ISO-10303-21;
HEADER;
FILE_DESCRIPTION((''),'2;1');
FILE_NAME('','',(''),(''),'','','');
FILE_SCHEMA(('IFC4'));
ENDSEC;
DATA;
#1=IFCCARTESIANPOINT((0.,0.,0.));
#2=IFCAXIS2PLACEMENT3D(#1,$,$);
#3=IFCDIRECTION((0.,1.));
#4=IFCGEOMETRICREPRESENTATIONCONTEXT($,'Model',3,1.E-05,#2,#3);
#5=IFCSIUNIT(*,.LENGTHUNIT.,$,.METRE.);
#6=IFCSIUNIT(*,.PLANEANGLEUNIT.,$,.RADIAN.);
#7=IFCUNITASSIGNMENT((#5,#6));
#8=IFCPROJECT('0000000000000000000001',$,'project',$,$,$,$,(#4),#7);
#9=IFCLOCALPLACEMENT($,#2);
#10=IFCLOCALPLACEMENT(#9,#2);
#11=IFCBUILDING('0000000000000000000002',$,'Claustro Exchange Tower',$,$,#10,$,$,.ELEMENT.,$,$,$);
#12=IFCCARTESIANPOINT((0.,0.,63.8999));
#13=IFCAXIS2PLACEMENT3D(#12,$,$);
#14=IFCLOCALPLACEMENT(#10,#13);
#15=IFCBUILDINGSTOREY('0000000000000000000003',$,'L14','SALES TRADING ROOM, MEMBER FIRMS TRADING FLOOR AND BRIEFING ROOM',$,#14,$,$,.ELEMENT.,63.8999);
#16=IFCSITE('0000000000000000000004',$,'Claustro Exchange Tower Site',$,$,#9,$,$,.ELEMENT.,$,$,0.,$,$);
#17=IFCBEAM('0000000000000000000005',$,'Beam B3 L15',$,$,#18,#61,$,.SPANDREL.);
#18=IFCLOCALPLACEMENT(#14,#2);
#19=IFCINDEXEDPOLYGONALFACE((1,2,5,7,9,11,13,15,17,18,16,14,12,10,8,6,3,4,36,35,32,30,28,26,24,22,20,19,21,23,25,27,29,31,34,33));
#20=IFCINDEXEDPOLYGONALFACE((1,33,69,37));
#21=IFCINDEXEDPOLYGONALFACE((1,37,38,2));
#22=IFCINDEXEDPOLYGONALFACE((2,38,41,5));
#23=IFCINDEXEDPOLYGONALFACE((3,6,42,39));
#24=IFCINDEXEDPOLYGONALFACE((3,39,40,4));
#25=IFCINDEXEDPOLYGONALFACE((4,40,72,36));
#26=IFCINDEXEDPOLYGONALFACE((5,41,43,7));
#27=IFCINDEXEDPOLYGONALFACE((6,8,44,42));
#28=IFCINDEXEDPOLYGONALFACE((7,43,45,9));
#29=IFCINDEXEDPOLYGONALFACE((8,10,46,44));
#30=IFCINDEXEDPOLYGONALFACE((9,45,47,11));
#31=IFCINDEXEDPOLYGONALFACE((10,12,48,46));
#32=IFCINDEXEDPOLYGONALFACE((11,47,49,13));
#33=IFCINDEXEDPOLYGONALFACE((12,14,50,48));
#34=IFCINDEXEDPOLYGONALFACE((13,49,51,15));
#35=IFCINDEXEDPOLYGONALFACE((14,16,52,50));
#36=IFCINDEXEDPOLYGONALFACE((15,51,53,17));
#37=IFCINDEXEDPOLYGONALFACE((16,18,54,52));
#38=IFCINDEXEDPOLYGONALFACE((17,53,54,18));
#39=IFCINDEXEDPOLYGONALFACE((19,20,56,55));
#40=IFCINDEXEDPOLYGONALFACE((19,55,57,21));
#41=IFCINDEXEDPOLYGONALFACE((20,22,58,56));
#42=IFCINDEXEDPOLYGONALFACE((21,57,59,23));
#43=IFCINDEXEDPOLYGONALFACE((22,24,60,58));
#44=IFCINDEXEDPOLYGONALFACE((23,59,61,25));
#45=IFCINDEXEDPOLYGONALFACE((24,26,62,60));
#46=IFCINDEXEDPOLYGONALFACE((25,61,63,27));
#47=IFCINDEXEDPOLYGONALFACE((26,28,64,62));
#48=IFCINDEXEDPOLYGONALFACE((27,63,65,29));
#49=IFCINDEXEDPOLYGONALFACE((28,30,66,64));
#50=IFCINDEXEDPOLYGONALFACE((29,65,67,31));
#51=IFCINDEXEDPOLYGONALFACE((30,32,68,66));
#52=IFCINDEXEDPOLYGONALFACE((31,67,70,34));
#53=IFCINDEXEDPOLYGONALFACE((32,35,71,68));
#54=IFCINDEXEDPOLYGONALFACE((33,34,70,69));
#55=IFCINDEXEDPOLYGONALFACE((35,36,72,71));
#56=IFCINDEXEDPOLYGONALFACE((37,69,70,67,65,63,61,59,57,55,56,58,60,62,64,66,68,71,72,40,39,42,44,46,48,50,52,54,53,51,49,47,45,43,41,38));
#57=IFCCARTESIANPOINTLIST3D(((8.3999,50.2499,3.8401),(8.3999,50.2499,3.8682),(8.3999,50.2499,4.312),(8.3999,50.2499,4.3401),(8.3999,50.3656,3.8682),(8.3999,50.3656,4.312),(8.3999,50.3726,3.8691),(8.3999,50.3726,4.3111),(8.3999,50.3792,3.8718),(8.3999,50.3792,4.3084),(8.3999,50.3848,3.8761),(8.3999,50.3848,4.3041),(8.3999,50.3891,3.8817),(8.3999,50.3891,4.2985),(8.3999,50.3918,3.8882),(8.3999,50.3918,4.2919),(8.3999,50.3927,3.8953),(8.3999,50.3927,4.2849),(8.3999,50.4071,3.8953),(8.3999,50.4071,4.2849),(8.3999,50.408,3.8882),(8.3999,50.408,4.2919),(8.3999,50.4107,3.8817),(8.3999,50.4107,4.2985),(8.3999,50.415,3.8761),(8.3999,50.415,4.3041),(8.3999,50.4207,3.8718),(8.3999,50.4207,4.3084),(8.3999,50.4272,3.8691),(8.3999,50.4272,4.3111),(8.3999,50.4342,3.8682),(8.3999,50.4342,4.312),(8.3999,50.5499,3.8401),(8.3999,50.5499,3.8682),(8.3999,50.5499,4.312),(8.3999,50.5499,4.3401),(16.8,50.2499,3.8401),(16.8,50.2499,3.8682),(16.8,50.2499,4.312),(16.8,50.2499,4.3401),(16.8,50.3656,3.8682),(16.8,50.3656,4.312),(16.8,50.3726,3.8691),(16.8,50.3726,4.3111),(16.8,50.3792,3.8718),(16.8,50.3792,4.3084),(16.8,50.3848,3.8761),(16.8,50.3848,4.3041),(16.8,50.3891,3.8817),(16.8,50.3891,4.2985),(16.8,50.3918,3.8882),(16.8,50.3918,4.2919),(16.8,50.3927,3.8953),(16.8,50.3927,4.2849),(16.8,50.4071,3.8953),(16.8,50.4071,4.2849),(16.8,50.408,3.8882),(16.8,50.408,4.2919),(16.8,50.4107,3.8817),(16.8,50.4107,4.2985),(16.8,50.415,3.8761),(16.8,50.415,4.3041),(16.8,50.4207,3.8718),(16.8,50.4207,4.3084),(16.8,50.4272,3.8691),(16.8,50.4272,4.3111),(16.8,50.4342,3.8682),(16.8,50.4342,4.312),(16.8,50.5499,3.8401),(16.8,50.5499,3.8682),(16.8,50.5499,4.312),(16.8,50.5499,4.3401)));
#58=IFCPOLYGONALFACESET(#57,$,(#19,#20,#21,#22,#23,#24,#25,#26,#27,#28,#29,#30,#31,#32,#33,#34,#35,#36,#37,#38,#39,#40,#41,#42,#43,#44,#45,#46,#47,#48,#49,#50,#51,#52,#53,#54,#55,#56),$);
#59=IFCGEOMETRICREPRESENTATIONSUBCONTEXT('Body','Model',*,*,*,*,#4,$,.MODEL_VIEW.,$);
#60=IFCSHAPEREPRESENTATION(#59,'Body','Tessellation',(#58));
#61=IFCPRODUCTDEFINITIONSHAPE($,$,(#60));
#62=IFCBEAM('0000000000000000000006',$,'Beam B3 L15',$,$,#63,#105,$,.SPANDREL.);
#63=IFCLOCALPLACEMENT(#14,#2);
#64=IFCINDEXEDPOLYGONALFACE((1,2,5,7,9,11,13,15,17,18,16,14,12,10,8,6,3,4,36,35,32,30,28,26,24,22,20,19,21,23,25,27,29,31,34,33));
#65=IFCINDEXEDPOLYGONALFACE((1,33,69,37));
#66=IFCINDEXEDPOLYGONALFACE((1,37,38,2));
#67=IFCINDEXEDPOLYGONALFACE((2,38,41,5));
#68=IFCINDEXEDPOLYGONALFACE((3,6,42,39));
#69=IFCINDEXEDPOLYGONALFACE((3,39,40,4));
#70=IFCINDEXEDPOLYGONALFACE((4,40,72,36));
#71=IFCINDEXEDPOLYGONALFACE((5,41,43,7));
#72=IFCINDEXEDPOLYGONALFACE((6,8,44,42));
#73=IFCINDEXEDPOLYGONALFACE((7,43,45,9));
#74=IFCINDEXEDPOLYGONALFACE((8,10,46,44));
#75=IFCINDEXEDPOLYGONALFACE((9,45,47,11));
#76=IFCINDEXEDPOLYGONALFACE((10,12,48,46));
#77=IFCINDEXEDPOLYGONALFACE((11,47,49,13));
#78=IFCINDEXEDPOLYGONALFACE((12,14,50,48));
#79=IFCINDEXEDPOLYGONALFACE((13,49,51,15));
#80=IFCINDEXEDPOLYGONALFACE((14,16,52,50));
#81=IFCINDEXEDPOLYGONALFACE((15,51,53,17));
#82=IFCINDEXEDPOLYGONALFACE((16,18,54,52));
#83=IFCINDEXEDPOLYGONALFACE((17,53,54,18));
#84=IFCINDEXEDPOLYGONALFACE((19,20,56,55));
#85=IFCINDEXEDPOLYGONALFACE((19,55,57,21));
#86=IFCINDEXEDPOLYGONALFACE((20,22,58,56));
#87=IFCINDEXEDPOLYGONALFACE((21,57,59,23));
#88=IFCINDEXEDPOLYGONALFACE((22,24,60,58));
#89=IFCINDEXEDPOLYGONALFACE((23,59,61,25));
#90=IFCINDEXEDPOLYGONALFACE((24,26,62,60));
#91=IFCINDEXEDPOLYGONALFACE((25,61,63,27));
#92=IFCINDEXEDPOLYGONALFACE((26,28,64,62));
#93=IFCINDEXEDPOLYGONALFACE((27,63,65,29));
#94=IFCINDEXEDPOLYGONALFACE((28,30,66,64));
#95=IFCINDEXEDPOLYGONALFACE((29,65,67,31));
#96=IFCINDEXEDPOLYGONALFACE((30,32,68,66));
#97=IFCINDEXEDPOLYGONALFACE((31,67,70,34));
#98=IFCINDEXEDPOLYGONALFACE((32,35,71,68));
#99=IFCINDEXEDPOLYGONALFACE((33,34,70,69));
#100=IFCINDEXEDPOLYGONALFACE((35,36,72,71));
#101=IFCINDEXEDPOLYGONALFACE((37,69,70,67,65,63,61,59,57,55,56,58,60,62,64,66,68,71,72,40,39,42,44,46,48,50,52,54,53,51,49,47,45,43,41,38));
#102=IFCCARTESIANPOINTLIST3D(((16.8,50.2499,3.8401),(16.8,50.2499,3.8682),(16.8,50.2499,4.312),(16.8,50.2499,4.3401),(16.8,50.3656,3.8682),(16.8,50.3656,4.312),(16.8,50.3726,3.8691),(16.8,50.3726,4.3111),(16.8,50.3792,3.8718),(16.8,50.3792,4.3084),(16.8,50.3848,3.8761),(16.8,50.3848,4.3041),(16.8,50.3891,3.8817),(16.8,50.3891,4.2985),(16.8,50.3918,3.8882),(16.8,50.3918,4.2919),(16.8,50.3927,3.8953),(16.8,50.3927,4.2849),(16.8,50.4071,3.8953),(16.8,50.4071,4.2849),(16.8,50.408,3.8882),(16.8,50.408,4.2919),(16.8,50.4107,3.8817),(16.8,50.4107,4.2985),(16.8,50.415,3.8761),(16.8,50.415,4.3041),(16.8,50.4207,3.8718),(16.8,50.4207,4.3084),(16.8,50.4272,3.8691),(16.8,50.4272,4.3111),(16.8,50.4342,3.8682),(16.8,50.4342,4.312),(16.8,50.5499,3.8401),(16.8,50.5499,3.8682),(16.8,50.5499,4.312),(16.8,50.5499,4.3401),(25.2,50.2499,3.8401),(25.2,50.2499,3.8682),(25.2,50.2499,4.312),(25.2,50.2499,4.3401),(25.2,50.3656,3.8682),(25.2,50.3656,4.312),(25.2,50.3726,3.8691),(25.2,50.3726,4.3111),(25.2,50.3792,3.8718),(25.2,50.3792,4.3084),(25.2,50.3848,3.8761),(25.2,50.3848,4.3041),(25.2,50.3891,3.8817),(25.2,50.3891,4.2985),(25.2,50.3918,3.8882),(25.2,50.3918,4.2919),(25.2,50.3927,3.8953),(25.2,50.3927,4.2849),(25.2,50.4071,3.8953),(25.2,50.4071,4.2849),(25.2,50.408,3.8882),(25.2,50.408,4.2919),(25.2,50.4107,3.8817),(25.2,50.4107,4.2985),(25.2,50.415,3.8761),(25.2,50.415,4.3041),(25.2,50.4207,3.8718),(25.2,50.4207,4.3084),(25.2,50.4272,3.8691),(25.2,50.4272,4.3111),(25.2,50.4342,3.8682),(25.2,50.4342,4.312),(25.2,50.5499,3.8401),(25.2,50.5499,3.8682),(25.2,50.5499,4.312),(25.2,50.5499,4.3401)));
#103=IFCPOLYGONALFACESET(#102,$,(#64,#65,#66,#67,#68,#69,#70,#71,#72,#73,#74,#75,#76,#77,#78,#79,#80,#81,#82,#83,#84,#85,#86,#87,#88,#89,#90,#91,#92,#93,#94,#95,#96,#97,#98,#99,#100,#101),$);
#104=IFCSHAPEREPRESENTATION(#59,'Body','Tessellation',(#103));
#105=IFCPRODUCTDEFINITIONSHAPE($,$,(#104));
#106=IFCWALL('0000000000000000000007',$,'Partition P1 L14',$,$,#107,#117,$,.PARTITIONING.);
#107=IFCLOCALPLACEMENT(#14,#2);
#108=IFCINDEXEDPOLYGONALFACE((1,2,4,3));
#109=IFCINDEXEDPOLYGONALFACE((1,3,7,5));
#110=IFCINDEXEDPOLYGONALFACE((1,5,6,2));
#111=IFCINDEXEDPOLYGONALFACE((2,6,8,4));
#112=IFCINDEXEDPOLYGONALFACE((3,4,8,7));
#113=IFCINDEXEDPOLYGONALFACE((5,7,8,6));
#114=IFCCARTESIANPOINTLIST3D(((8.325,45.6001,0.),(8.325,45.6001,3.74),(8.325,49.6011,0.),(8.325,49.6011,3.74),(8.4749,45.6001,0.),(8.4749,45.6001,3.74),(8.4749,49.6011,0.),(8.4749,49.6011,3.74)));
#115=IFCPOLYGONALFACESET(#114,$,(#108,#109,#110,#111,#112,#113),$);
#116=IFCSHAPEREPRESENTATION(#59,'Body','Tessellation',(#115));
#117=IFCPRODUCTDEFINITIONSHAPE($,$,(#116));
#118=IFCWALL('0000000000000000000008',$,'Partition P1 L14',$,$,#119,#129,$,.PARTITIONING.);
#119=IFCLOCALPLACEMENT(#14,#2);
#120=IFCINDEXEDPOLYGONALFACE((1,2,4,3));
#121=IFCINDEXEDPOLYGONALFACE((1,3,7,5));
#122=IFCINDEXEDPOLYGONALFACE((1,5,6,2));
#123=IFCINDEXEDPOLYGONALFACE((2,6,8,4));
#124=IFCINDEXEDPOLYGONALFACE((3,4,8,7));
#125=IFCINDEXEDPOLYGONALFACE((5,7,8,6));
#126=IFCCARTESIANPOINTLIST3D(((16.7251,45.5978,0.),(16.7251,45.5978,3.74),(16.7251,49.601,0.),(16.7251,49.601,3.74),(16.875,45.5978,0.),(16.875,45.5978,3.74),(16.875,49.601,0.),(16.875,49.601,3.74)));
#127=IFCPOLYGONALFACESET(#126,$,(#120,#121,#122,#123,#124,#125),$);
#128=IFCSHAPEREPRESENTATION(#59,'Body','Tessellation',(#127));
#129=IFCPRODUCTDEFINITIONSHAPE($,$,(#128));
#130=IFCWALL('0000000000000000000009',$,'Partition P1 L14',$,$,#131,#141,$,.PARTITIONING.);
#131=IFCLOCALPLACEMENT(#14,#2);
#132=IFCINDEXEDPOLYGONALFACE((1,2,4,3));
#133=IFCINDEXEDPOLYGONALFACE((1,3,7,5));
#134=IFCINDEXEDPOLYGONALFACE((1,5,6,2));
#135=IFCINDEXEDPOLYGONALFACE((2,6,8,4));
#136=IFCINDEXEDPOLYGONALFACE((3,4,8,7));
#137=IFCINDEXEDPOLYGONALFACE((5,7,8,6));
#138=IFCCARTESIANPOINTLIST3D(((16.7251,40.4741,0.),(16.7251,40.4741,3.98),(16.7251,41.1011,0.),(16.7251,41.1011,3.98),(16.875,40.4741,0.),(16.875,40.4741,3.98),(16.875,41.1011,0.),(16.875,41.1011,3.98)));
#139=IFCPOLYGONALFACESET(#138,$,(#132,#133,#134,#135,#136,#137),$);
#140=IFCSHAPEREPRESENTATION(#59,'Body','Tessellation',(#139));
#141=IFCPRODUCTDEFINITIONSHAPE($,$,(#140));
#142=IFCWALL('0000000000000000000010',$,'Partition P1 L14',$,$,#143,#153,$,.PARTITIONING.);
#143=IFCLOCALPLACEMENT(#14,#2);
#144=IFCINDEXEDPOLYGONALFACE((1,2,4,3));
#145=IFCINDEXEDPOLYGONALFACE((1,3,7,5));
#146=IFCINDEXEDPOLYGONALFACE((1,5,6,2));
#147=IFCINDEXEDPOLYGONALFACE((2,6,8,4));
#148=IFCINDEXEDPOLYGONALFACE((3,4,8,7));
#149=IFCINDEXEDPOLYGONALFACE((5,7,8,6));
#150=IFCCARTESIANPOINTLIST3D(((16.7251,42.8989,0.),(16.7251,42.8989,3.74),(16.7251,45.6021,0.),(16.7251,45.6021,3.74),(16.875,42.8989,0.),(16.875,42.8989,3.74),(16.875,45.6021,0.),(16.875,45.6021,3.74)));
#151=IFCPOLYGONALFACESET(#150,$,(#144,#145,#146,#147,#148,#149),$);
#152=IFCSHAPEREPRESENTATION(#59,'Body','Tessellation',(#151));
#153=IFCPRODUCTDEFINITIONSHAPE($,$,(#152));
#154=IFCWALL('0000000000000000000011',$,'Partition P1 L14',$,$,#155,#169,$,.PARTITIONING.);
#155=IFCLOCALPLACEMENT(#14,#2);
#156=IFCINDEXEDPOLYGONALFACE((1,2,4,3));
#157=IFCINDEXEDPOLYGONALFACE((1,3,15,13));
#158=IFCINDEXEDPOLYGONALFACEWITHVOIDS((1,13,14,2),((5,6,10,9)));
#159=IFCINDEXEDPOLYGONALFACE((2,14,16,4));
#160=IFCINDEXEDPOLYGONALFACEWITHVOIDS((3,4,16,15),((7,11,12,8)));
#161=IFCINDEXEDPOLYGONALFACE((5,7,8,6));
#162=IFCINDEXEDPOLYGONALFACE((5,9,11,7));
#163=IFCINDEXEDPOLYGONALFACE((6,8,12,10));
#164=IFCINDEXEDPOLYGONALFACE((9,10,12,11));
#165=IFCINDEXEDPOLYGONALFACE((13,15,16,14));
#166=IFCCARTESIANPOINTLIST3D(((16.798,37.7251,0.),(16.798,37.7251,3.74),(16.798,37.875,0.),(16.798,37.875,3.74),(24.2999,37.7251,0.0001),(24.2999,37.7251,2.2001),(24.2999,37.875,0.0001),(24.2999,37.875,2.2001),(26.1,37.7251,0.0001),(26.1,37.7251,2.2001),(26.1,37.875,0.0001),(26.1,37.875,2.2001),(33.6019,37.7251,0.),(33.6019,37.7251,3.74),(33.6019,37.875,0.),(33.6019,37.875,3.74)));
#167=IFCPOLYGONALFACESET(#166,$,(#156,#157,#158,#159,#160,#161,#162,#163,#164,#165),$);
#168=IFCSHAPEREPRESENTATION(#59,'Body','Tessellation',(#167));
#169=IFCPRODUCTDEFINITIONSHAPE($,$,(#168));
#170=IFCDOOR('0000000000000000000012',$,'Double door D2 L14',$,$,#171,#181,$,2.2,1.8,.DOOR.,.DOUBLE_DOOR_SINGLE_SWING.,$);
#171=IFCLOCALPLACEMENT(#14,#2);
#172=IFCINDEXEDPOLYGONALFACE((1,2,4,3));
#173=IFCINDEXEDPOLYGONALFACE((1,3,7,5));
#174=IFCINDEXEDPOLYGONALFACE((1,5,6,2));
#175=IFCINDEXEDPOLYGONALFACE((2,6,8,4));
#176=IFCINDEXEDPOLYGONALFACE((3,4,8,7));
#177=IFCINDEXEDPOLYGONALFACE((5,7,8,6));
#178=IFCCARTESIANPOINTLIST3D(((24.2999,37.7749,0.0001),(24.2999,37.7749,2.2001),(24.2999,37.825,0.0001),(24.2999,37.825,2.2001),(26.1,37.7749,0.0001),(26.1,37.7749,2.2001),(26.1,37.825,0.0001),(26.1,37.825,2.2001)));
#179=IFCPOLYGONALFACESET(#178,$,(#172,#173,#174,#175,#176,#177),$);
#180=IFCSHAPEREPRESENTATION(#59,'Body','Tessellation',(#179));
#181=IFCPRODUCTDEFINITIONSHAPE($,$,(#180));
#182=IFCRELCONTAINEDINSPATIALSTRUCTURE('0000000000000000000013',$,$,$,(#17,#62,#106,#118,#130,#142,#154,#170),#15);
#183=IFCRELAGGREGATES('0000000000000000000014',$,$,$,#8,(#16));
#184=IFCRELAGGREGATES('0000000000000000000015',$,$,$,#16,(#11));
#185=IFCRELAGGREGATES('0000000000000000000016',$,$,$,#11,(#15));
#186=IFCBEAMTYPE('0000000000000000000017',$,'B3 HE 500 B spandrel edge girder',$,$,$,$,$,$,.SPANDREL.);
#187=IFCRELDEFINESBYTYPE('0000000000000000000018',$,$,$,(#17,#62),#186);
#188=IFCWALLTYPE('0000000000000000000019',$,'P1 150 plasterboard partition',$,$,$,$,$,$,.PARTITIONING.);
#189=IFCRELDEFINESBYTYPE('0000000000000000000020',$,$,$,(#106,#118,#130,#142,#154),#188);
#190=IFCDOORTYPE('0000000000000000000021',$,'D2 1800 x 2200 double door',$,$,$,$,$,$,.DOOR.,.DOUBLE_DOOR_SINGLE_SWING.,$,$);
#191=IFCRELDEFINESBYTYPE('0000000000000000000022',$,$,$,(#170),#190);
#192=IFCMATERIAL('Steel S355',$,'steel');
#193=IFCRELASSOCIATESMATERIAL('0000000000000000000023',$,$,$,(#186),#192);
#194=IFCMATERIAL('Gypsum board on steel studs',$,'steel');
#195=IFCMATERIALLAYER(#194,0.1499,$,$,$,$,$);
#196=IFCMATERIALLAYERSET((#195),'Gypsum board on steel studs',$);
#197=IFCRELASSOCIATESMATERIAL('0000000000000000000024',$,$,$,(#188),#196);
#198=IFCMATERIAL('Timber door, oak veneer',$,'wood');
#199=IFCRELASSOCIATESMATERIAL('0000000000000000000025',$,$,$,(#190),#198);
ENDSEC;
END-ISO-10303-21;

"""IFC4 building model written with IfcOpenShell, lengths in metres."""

from ifc_helpers import new_model, si_unit, direction, frame, frame_2d, origin, origin_2d, place, context, subcontext, project, spatial, rectangle, i_section, extrude, material, layer, layer_set, material_profile, profile_set, type_object, element, fill, save


model = new_model("IFC4")

# Units and contexts
model_context = context("Model", 3, precision=1e-05, world=origin(), true_north=direction((0.0, 1.0)))
body_context = subcontext(model_context, "Body", "Model", "MODEL_VIEW")
ifc_project = project(units=[si_unit("LENGTHUNIT", "METRE"), si_unit("PLANEANGLEUNIT", "RADIAN")], contexts=[model_context])

# Site, building, storey
site_placement = place(None, origin())
site = spatial("IfcSite", under=ifc_project, at=site_placement, Name="Claustro Exchange Tower Site", CompositionType="ELEMENT", RefElevation=0.0)
building_placement = place(site_placement, origin())
building = spatial("IfcBuilding", under=site, at=building_placement, Name="Claustro Exchange Tower", CompositionType="ELEMENT")
storey_placement = place(building_placement, frame((0.0, 0.0, 63.8999)))
storey = spatial("IfcBuildingStorey", under=building, at=storey_placement, Name="L14", Description="SALES TRADING ROOM, MEMBER FIRMS TRADING FLOOR AND BRIEFING ROOM", CompositionType="ELEMENT", Elevation=63.8999)

# Beams
ifc_material_1 = material(Name="Steel S355", Category="steel")
ifc_material_profile_1 = material_profile(ifc_material_1, i_section(OverallWidth=0.3, OverallDepth=0.5, WebThickness=0.0144, FlangeThickness=0.0281, FilletRadius=0.0271, at=origin_2d()), Name="HE 500 B")
ifc_profile_set_1 = profile_set([ifc_material_profile_1], Name="Steel S355")
beam_type_1 = type_object("IfcBeamType", Name="B3 HE 500 B spandrel edge girder", PredefinedType="SPANDREL", material=ifc_profile_set_1)
beam_1_placement = place(storey_placement, frame((8.3999, 50.3999, 4.0901), z_axis=(1.0, 0.0, 0.0), x_axis=(0.0, 1.0, 0.0)))
element("IfcBeam", 1, at=beam_1_placement, inside=storey, type_object=beam_type_1, Name="Beam B3 L15", PredefinedType="SPANDREL", context=body_context, shape_type="SweptSolid", body=[
    extrude(i_section(OverallWidth=0.3, OverallDepth=0.5, WebThickness=0.0144, FlangeThickness=0.0281, FilletRadius=0.0271, at=origin_2d()), origin(), (0.0, 0.0, 1.0), 8.4001),
])
beam_2_placement = place(storey_placement, frame((16.8, 50.3999, 4.0901), z_axis=(1.0, 0.0, 0.0), x_axis=(0.0, 1.0, 0.0)))
element("IfcBeam", 2, at=beam_2_placement, inside=storey, type_object=beam_type_1, Name="Beam B3 L15", PredefinedType="SPANDREL", context=body_context, shape_type="SweptSolid", body=[
    extrude(i_section(OverallWidth=0.3, OverallDepth=0.5, WebThickness=0.0144, FlangeThickness=0.0281, FilletRadius=0.0271, at=origin_2d()), origin(), (0.0, 0.0, 1.0), 8.3999),
])

# Walls
ifc_material_2 = material(Name="Gypsum board on steel studs", Category="steel")
ifc_layer_1 = layer(ifc_material_2, 0.1499)
ifc_layer_set_1 = layer_set([ifc_layer_1], Name="Gypsum board on steel studs")
wall_type_1 = type_object("IfcWallType", Name="P1 150 plasterboard partition", PredefinedType="PARTITIONING", material=ifc_layer_set_1)
wall_1_placement = place(storey_placement, frame((8.3999, 45.6001, 0.0), z_axis=(0.0, 0.0, 1.0), x_axis=(0.0, 1.0, 0.0)))
element("IfcWall", 3, at=wall_1_placement, inside=storey, type_object=wall_type_1, Name="Partition P1 L14", PredefinedType="PARTITIONING", context=body_context, shape_type="SweptSolid", body=[
    extrude(rectangle(XDim=4.001, YDim=0.1499, at=frame_2d((2.0005, 0.0))), origin(), (0.0, 0.0, 1.0), 3.74),
])
wall_2_placement = place(storey_placement, frame((16.8, 45.5979, 0.0), z_axis=(0.0, 0.0, 1.0), x_axis=(0.0, 1.0, 0.0)))
element("IfcWall", 4, at=wall_2_placement, inside=storey, type_object=wall_type_1, Name="Partition P1 L14", PredefinedType="PARTITIONING", context=body_context, shape_type="SweptSolid", body=[
    extrude(rectangle(XDim=4.0032, YDim=0.1499, at=frame_2d((2.0015, 0.0))), origin(), (0.0, 0.0, 1.0), 3.74),
])
wall_3_placement = place(storey_placement, frame((16.8, 40.4741, 0.0), z_axis=(0.0, 0.0, 1.0), x_axis=(0.0, 1.0, 0.0)))
element("IfcWall", 5, at=wall_3_placement, inside=storey, type_object=wall_type_1, Name="Partition P1 L14", PredefinedType="PARTITIONING", context=body_context, shape_type="SweptSolid", body=[
    extrude(rectangle(XDim=0.627, YDim=0.1499, at=frame_2d((0.3135, 0.0))), origin(), (0.0, 0.0, 1.0), 3.98),
])
wall_4_placement = place(storey_placement, frame((16.8, 42.8989, 0.0), z_axis=(0.0, 0.0, 1.0), x_axis=(0.0, 1.0, 0.0)))
element("IfcWall", 6, at=wall_4_placement, inside=storey, type_object=wall_type_1, Name="Partition P1 L14", PredefinedType="PARTITIONING", context=body_context, shape_type="SweptSolid", body=[
    extrude(rectangle(XDim=2.7031, YDim=0.1499, at=frame_2d((1.3516, 0.0))), origin(), (0.0, 0.0, 1.0), 3.74),
])

# Wall, opening, door
wall_5_placement = place(storey_placement, frame((16.7981, 37.8, 0.0), z_axis=(0.0, 0.0, 1.0), x_axis=(1.0, 0.0, 0.0)))
wall_5 = element("IfcWall", 7, at=wall_5_placement, inside=storey, type_object=wall_type_1, Name="Partition P1 L14", PredefinedType="PARTITIONING", context=body_context, shape_type="SweptSolid", body=[
    extrude(rectangle(XDim=16.804, YDim=0.1499, at=frame_2d((8.4019, 0.0))), origin(), (0.0, 0.0, 1.0), 3.74),
])
opening_1_placement = place(wall_5_placement, frame((7.502, 0.0, 0.0)))
opening_1 = element("IfcOpeningElement", 8, at=opening_1_placement, cuts=wall_5, PredefinedType="OPENING", context=body_context, shape_type="SweptSolid", body=[
    extrude(rectangle(XDim=1.8, YDim=2.2, at=frame_2d((0.8999, 1.1001))), frame((0.0, 0.085, 0.0), z_axis=(0.0, -1.0, 0.0), x_axis=(1.0, 0.0, 0.0)), (0.0, 0.0, 1.0), 0.1699),
])
ifc_material_3 = material(Name="Timber door, oak veneer", Category="wood")
door_type = type_object("IfcDoorType", Name="D2 1800 x 2200 double door", OperationType="DOUBLE_DOOR_SINGLE_SWING", PredefinedType="DOOR", material=ifc_material_3)
door_placement = place(opening_1_placement, origin())
door = element("IfcDoor", 9, at=door_placement, inside=storey, type_object=door_type, Name="Double door D2 L14", OperationType="DOUBLE_DOOR_SINGLE_SWING", OverallHeight=2.2, OverallWidth=1.8, PredefinedType="DOOR", context=body_context, shape_type="SweptSolid", body=[
    extrude(rectangle(XDim=1.8, YDim=2.2, at=frame_2d((0.8999, 1.1001))), frame((0.0, 0.0249, 0.0), z_axis=(0.0, -1.0, 0.0), x_axis=(1.0, 0.0, 0.0)), (0.0, 0.0, 1.0), 0.05),
])
fill(opening_1, door)

save(model, "model.ifc")
